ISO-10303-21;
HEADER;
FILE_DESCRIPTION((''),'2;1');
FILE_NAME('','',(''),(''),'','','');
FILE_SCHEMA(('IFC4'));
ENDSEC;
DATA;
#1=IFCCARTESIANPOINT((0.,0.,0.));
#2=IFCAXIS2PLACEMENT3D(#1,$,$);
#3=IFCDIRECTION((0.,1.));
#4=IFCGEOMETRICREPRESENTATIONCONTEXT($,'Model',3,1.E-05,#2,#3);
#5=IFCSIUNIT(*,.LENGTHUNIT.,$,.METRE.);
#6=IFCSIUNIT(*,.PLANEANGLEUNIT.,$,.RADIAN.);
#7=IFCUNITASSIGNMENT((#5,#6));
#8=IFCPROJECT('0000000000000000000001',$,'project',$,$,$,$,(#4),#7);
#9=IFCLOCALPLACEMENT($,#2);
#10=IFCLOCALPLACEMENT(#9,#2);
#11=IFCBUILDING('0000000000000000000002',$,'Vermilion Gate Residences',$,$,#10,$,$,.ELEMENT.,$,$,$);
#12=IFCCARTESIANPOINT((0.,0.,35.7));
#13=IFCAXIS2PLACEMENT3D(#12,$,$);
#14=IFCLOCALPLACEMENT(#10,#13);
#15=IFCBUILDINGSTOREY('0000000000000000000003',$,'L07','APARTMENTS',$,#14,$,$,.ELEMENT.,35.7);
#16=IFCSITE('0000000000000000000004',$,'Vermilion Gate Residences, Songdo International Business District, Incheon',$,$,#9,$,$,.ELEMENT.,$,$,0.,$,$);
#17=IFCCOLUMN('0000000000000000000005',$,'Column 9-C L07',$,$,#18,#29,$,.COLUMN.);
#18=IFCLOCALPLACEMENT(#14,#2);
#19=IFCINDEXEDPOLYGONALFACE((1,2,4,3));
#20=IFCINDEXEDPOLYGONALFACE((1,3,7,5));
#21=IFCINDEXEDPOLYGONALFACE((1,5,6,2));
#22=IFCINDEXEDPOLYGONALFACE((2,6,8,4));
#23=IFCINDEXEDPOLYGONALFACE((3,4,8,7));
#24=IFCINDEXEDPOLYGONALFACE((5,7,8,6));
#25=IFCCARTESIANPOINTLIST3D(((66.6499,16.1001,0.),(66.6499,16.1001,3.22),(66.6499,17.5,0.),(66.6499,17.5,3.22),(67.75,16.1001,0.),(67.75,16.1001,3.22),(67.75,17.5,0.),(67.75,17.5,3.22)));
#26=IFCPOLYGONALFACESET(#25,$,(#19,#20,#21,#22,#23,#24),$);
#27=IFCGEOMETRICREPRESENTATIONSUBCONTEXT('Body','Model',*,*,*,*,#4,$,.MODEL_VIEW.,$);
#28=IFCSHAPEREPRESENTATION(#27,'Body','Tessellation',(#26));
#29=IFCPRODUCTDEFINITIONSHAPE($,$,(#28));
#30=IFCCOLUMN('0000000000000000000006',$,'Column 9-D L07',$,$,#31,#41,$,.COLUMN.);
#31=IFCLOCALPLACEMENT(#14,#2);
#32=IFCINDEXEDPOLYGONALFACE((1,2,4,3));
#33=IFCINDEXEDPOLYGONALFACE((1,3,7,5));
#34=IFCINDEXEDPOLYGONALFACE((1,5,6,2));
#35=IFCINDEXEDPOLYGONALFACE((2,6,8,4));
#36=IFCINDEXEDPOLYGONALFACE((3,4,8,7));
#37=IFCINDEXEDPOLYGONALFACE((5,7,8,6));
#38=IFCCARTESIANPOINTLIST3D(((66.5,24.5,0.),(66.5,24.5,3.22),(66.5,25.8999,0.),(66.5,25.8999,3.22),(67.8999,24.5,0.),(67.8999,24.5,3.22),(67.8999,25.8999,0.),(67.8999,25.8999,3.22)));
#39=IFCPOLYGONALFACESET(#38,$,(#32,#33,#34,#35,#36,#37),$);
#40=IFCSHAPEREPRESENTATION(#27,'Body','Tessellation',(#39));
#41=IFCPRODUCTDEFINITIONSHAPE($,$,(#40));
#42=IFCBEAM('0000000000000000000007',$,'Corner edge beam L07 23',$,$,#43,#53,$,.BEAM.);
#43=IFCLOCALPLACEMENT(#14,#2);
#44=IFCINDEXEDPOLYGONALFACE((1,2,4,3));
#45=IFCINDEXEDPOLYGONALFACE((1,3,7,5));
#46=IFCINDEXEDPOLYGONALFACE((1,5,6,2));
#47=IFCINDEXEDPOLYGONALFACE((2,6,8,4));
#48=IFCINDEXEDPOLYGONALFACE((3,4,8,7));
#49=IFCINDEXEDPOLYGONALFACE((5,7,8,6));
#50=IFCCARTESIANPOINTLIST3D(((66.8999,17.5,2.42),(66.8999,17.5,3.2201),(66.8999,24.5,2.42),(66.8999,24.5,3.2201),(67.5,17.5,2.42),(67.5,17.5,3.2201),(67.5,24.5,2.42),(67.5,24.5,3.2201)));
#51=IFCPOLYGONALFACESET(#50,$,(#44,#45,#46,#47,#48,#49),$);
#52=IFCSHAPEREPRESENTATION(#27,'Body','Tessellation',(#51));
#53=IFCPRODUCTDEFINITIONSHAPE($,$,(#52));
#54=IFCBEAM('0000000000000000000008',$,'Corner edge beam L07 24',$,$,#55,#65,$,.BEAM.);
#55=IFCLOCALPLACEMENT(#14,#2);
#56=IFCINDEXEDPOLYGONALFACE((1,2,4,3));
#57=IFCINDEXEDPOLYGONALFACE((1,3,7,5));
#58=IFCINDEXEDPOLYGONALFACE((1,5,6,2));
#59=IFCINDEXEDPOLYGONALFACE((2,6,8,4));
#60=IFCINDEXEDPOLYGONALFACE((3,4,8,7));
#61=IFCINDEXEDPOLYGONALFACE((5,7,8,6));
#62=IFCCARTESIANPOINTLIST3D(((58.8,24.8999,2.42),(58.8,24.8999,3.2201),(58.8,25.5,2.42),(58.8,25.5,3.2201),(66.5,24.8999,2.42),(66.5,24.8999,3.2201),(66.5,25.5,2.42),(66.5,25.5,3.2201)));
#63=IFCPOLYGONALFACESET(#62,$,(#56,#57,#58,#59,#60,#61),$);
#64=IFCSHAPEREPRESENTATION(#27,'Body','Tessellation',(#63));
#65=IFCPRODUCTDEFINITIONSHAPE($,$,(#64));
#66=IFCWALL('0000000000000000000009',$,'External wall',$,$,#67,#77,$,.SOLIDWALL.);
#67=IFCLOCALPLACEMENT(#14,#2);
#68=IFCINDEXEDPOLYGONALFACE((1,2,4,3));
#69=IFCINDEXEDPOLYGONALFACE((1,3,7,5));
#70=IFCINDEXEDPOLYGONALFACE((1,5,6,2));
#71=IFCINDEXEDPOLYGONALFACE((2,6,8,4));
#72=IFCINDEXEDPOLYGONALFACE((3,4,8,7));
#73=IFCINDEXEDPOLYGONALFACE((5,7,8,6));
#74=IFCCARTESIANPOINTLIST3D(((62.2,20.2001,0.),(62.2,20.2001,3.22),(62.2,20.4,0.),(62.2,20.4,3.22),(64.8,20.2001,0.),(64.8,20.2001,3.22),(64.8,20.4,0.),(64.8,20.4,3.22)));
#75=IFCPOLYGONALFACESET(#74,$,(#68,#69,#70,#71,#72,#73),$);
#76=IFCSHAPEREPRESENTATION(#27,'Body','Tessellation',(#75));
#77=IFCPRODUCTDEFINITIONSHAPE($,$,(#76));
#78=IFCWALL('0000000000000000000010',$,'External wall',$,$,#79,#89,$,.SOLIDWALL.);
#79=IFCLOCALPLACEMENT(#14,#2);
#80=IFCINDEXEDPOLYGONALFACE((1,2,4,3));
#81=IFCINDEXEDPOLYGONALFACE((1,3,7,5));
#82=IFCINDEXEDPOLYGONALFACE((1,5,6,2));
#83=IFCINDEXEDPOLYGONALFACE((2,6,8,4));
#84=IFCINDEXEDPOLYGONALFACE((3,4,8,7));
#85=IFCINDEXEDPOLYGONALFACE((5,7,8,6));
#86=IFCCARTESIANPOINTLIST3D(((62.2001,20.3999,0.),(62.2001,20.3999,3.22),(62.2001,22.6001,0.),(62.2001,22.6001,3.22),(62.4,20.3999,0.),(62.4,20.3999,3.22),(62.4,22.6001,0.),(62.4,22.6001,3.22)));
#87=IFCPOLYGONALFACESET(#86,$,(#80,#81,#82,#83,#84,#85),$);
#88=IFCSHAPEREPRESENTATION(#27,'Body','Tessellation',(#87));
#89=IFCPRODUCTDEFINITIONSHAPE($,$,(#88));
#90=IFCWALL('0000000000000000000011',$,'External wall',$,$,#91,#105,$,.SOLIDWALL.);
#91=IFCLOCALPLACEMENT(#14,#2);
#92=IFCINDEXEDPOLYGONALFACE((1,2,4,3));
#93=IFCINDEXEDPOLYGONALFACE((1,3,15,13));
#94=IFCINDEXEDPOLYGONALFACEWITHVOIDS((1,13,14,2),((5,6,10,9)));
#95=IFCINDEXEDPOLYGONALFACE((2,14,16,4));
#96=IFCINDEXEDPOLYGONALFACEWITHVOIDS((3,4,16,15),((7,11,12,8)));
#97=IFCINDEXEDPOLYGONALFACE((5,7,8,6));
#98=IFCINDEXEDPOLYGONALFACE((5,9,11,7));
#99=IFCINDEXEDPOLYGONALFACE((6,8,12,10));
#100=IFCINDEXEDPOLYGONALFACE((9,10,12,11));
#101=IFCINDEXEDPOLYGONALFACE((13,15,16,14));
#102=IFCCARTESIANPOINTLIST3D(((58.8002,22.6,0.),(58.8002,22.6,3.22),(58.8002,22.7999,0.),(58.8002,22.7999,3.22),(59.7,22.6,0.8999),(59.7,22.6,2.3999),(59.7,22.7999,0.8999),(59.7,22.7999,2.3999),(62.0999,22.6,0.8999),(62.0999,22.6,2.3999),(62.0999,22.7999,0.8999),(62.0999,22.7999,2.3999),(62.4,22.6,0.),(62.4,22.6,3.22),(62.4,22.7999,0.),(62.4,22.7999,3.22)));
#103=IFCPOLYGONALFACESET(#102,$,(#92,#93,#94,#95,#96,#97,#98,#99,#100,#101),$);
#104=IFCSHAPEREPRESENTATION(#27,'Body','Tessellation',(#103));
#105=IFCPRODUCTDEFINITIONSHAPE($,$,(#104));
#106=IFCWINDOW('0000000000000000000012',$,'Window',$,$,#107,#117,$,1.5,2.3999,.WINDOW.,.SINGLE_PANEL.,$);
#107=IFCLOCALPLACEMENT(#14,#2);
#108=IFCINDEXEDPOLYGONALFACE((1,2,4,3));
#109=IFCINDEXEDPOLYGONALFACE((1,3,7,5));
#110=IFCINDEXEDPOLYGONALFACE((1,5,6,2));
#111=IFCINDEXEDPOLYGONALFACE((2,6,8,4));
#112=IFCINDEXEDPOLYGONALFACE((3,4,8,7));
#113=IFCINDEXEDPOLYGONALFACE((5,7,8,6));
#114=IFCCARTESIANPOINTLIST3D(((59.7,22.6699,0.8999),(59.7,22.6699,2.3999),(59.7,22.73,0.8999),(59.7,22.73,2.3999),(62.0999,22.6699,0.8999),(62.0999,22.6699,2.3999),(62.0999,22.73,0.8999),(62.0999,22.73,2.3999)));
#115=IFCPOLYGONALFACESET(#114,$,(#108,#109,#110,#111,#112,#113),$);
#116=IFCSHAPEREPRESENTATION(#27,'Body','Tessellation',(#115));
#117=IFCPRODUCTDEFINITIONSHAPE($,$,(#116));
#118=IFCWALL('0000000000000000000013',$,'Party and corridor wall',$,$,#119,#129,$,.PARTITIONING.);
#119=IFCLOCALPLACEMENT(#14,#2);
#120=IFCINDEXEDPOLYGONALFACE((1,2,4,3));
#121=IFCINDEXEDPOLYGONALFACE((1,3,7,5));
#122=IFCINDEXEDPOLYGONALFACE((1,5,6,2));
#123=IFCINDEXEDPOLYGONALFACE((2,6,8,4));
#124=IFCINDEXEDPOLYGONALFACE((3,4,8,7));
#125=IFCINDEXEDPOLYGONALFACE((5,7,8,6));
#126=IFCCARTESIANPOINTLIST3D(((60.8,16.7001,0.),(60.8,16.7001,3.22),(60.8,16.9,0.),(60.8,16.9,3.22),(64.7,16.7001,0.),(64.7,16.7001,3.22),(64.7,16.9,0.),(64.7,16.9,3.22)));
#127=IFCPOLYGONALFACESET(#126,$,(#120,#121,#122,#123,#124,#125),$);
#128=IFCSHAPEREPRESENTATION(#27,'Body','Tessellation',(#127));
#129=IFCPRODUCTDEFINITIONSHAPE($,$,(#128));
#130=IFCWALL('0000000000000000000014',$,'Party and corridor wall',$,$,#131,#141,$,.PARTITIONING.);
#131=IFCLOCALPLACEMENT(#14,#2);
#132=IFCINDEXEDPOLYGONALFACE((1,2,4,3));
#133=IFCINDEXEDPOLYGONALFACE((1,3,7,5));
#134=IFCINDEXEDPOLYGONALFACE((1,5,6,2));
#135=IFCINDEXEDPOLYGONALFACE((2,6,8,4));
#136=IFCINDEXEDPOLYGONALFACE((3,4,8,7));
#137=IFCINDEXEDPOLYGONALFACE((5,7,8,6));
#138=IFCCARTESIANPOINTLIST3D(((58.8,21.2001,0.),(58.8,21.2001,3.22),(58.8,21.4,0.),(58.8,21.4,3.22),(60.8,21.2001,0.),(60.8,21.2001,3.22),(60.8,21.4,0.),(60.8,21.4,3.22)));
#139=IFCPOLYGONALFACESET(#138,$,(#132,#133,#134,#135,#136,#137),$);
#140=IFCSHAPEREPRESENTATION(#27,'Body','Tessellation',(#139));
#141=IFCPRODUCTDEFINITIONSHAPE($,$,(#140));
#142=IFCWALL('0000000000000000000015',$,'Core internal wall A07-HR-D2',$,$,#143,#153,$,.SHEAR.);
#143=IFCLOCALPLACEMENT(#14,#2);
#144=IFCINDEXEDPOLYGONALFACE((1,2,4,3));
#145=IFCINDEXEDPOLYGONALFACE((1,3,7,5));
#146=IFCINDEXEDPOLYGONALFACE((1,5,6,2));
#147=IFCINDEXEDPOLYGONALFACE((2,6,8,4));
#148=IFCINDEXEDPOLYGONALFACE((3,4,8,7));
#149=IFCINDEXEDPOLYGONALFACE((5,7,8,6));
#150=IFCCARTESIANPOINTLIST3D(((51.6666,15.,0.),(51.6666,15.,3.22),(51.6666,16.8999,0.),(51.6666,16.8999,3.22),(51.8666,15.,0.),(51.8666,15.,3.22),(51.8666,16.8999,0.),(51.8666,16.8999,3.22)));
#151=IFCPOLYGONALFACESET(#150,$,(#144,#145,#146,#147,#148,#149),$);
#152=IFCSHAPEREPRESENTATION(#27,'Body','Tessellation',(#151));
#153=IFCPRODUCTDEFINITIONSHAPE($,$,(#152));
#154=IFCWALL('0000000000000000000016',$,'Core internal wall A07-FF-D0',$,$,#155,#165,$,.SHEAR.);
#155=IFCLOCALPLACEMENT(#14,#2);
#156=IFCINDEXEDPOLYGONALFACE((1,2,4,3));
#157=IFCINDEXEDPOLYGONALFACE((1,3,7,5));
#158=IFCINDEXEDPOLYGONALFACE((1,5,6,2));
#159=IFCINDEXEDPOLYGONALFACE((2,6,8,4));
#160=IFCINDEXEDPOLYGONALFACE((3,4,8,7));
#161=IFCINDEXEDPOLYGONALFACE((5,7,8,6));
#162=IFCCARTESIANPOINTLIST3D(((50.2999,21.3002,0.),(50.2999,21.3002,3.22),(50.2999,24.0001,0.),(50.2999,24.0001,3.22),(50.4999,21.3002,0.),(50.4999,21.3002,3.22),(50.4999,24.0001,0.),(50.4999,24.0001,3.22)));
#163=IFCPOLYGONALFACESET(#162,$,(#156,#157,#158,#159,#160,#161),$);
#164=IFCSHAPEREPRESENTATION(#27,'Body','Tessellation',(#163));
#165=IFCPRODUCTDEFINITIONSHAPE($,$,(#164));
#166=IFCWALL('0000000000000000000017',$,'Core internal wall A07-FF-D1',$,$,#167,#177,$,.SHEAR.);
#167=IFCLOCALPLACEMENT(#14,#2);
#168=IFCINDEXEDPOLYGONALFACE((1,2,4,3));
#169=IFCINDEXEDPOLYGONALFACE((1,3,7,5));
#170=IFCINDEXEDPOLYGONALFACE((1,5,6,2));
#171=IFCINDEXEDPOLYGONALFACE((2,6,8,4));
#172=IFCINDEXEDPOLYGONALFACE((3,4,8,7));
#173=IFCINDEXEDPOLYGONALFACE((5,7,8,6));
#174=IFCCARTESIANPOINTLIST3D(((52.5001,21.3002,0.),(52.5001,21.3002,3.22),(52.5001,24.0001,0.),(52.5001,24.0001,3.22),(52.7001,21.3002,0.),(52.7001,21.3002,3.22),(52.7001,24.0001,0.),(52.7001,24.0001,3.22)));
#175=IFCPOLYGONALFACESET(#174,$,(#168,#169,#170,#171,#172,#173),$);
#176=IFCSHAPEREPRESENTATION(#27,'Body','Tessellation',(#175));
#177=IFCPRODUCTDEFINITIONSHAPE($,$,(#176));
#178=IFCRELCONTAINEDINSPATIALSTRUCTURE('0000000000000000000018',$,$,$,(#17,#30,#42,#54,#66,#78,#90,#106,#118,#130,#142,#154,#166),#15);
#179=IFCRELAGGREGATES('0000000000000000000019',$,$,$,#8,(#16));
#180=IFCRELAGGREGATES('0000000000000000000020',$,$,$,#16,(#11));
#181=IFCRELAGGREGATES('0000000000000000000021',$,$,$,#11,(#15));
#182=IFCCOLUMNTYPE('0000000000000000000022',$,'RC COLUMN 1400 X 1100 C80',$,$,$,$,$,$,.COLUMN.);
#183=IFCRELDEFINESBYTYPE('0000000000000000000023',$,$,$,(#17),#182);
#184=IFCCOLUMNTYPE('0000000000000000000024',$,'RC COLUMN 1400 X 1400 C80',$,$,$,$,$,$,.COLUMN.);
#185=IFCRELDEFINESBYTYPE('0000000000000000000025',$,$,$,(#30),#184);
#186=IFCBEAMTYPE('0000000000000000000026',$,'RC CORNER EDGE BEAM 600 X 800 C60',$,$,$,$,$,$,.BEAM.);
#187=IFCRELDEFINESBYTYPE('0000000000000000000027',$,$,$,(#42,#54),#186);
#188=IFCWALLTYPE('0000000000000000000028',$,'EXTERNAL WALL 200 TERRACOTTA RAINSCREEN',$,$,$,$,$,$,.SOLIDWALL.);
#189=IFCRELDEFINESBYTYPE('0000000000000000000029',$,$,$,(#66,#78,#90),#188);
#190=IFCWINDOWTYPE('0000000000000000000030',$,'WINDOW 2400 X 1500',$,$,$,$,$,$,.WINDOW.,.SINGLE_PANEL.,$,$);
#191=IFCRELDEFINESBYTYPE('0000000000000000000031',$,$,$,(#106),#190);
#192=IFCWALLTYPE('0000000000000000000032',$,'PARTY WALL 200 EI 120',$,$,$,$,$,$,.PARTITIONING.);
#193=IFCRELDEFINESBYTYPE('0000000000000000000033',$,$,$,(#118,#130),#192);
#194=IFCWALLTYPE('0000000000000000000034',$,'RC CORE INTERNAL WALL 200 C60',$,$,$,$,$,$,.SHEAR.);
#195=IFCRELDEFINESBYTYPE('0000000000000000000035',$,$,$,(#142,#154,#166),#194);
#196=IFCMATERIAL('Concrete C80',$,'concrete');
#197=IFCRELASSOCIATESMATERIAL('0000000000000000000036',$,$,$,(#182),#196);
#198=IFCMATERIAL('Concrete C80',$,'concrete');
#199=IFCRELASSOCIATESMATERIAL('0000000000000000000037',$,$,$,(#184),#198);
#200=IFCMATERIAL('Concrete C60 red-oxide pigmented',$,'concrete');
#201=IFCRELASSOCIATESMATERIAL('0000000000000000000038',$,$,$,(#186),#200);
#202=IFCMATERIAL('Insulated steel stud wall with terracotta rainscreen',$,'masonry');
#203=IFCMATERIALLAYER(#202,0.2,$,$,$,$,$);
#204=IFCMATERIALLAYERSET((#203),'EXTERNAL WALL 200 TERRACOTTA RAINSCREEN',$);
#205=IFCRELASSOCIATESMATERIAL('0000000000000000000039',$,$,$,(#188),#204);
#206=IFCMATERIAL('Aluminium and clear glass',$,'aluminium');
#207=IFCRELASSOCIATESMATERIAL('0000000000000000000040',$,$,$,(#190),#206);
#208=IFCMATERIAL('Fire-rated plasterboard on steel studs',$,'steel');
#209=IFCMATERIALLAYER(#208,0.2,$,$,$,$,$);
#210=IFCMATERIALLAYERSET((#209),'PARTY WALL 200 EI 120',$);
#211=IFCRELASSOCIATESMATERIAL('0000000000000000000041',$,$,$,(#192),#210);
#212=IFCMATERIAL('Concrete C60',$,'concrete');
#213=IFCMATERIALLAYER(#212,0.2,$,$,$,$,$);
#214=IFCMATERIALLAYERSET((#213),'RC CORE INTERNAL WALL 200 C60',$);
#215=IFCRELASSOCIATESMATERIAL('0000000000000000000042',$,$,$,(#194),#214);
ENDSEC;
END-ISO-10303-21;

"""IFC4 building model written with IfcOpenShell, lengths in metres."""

from ifc_helpers import new_model, si_unit, direction, frame, frame_2d, origin, origin_2d, place, context, subcontext, project, spatial, rectangle, extrude, material, layer, layer_set, material_profile, profile_set, type_object, element, fill, save


model = new_model("IFC4")

# Units and contexts
model_context = context("Model", 3, precision=1e-05, world=origin(), true_north=direction((0.0, 1.0)))
body_context = subcontext(model_context, "Body", "Model", "MODEL_VIEW")
ifc_project = project(units=[si_unit("LENGTHUNIT", "METRE"), si_unit("PLANEANGLEUNIT", "RADIAN")], contexts=[model_context])

# Site, building, storey
site_placement = place(None, origin())
site = spatial("IfcSite", under=ifc_project, at=site_placement, Name="Vermilion Gate Residences, Songdo International Business District, Incheon", CompositionType="ELEMENT", RefElevation=0.0)
building_placement = place(site_placement, origin())
building = spatial("IfcBuilding", under=site, at=building_placement, Name="Vermilion Gate Residences", CompositionType="ELEMENT")
storey_placement = place(building_placement, frame((0.0, 0.0, 35.7)))
storey = spatial("IfcBuildingStorey", under=building, at=storey_placement, Name="L07", Description="APARTMENTS", CompositionType="ELEMENT", Elevation=35.7)

# Columns
ifc_material_1 = material(Name="Concrete C80", Category="concrete")
ifc_material_profile_1 = material_profile(ifc_material_1, rectangle(XDim=1.3999, YDim=1.1001, at=origin_2d()), Name="RC-1400x1100")
ifc_profile_set_1 = profile_set([ifc_material_profile_1], Name="Concrete C80")
column_type_1 = type_object("IfcColumnType", Name="RC COLUMN 1400 X 1100 C80", PredefinedType="COLUMN", material=ifc_profile_set_1)
column_1_placement = place(storey_placement, frame((67.2, 16.8, 0.0), z_axis=(0.0, 0.0, 1.0), x_axis=(0.0, 1.0, 0.0)))
element("IfcColumn", 1, at=column_1_placement, inside=storey, type_object=column_type_1, Name="Column 9-C L07", PredefinedType="COLUMN", context=body_context, shape_type="SweptSolid", body=[
    extrude(rectangle(XDim=1.3999, YDim=1.1001, at=origin_2d()), origin(), (0.0, 0.0, 1.0), 3.22),
])
ifc_material_2 = material(Name="Concrete C80", Category="concrete")
ifc_material_profile_2 = material_profile(ifc_material_2, rectangle(XDim=1.3999, YDim=1.3999, at=origin_2d()), Name="RC-1400x1400")
ifc_profile_set_2 = profile_set([ifc_material_profile_2], Name="Concrete C80")
column_type_2 = type_object("IfcColumnType", Name="RC COLUMN 1400 X 1400 C80", PredefinedType="COLUMN", material=ifc_profile_set_2)
column_2_placement = place(storey_placement, frame((67.2, 25.2, 0.0), z_axis=(0.0, 0.0, 1.0), x_axis=(1.0, 0.0, 0.0)))
element("IfcColumn", 2, at=column_2_placement, inside=storey, type_object=column_type_2, Name="Column 9-D L07", PredefinedType="COLUMN", context=body_context, shape_type="SweptSolid", body=[
    extrude(rectangle(XDim=1.3999, YDim=1.3999, at=origin_2d()), origin(), (0.0, 0.0, 1.0), 3.22),
])

# Beams
ifc_material_3 = material(Name="Concrete C60 red-oxide pigmented", Category="concrete")
ifc_material_profile_3 = material_profile(ifc_material_3, rectangle(XDim=0.6001, YDim=0.8, at=origin_2d()), Name="RC-600x800")
ifc_profile_set_3 = profile_set([ifc_material_profile_3], Name="Concrete C60 red-oxide pigmented")
beam_type = type_object("IfcBeamType", Name="RC CORNER EDGE BEAM 600 X 800 C60", PredefinedType="BEAM", material=ifc_profile_set_3)
beam_1_placement = place(storey_placement, frame((67.2, 17.5, 2.8201), z_axis=(0.0, 1.0, 0.0), x_axis=(-1.0, 0.0, 0.0)))
element("IfcBeam", 3, at=beam_1_placement, inside=storey, type_object=beam_type, Name="Corner edge beam L07 23", PredefinedType="BEAM", context=body_context, shape_type="SweptSolid", body=[
    extrude(rectangle(XDim=0.6001, YDim=0.8, at=origin_2d()), origin(), (0.0, 0.0, 1.0), 7.0),
])
beam_2_placement = place(storey_placement, frame((58.8, 25.2, 2.8201), z_axis=(1.0, 0.0, 0.0), x_axis=(0.0, 1.0, 0.0)))
element("IfcBeam", 4, at=beam_2_placement, inside=storey, type_object=beam_type, Name="Corner edge beam L07 24", PredefinedType="BEAM", context=body_context, shape_type="SweptSolid", body=[
    extrude(rectangle(XDim=0.6001, YDim=0.8, at=origin_2d()), origin(), (0.0, 0.0, 1.0), 7.7),
])

# Walls
ifc_material_4 = material(Name="Insulated steel stud wall with terracotta rainscreen", Category="masonry")
ifc_layer_1 = layer(ifc_material_4, 0.2)
ifc_layer_set_1 = layer_set([ifc_layer_1], Name="EXTERNAL WALL 200 TERRACOTTA RAINSCREEN")
wall_type_1 = type_object("IfcWallType", Name="EXTERNAL WALL 200 TERRACOTTA RAINSCREEN", PredefinedType="SOLIDWALL", material=ifc_layer_set_1)
wall_1_placement = place(storey_placement, frame((64.8, 20.3, 0.0), z_axis=(0.0, 0.0, 1.0), x_axis=(-1.0, 0.0, 0.0)))
element("IfcWall", 5, at=wall_1_placement, inside=storey, type_object=wall_type_1, Name="External wall", PredefinedType="SOLIDWALL", context=body_context, shape_type="SweptSolid", body=[
    extrude(rectangle(XDim=2.6001, YDim=0.2, at=frame_2d((1.3, 0.0))), origin(), (0.0, 0.0, 1.0), 3.22),
])
wall_2_placement = place(storey_placement, frame((62.3, 20.3999, 0.0), z_axis=(0.0, 0.0, 1.0), x_axis=(0.0, 1.0, 0.0)))
element("IfcWall", 6, at=wall_2_placement, inside=storey, type_object=wall_type_1, Name="External wall", PredefinedType="SOLIDWALL", context=body_context, shape_type="SweptSolid", body=[
    extrude(rectangle(XDim=2.2002, YDim=0.2, at=frame_2d((1.1001, 0.0))), origin(), (0.0, 0.0, 1.0), 3.22),
])

# Wall, opening, window
wall_3_placement = place(storey_placement, frame((62.3999, 22.7, 0.0), z_axis=(0.0, 0.0, 1.0), x_axis=(-1.0, 0.0, 0.0)))
wall_3 = element("IfcWall", 7, at=wall_3_placement, inside=storey, type_object=wall_type_1, Name="External wall", PredefinedType="SOLIDWALL", context=body_context, shape_type="SweptSolid", body=[
    extrude(rectangle(XDim=3.5999, YDim=0.2, at=frame_2d((1.7998, 0.0))), origin(), (0.0, 0.0, 1.0), 3.22),
])
opening_1_placement = place(wall_3_placement, frame((0.3, 0.0, 0.8999)))
opening_1 = element("IfcOpeningElement", 8, at=opening_1_placement, cuts=wall_3, PredefinedType="OPENING", context=body_context, shape_type="SweptSolid", body=[
    extrude(rectangle(XDim=2.3999, YDim=1.5, at=frame_2d((1.2, 0.75))), frame((0.0, 0.1099, 0.0), z_axis=(0.0, -1.0, 0.0), x_axis=(1.0, 0.0, 0.0)), (0.0, 0.0, 1.0), 0.22),
])
ifc_material_5 = material(Name="Aluminium and clear glass", Category="aluminium")
window_type = type_object("IfcWindowType", Name="WINDOW 2400 X 1500", PartitioningType="SINGLE_PANEL", PredefinedType="WINDOW", material=ifc_material_5)
window_placement = place(opening_1_placement, origin())
window = element("IfcWindow", 9, at=window_placement, inside=storey, type_object=window_type, Name="Window", OverallHeight=1.5, OverallWidth=2.3999, PartitioningType="SINGLE_PANEL", PredefinedType="WINDOW", context=body_context, shape_type="SweptSolid", body=[
    extrude(rectangle(XDim=2.3999, YDim=1.5, at=frame_2d((1.2, 0.75))), frame((0.0, 0.03, 0.0), z_axis=(0.0, -1.0, 0.0), x_axis=(1.0, 0.0, 0.0)), (0.0, 0.0, 1.0), 0.0601),
])
fill(opening_1, window)

# Walls
ifc_material_6 = material(Name="Fire-rated plasterboard on steel studs", Category="steel")
ifc_layer_2 = layer(ifc_material_6, 0.2)
ifc_layer_set_2 = layer_set([ifc_layer_2], Name="PARTY WALL 200 EI 120")
wall_type_2 = type_object("IfcWallType", Name="PARTY WALL 200 EI 120", PredefinedType="PARTITIONING", material=ifc_layer_set_2)
wall_4_placement = place(storey_placement, frame((60.8, 16.8, 0.0), z_axis=(0.0, 0.0, 1.0), x_axis=(1.0, 0.0, 0.0)))
element("IfcWall", 10, at=wall_4_placement, inside=storey, type_object=wall_type_2, Name="Party and corridor wall", PredefinedType="PARTITIONING", context=body_context, shape_type="SweptSolid", body=[
    extrude(rectangle(XDim=3.8999, YDim=0.2, at=frame_2d((1.95, 0.0))), origin(), (0.0, 0.0, 1.0), 3.22),
])
wall_5_placement = place(storey_placement, frame((58.8, 21.3, 0.0), z_axis=(0.0, 0.0, 1.0), x_axis=(1.0, 0.0, 0.0)))
element("IfcWall", 11, at=wall_5_placement, inside=storey, type_object=wall_type_2, Name="Party and corridor wall", PredefinedType="PARTITIONING", context=body_context, shape_type="SweptSolid", body=[
    extrude(rectangle(XDim=2.0, YDim=0.2, at=frame_2d((1.0, 0.0))), origin(), (0.0, 0.0, 1.0), 3.22),
])
ifc_material_7 = material(Name="Concrete C60", Category="concrete")
ifc_layer_3 = layer(ifc_material_7, 0.2)
ifc_layer_set_3 = layer_set([ifc_layer_3], Name="RC CORE INTERNAL WALL 200 C60")
wall_type_3 = type_object("IfcWallType", Name="RC CORE INTERNAL WALL 200 C60", PredefinedType="SHEAR", material=ifc_layer_set_3)
wall_6_placement = place(storey_placement, frame((51.7666, 15.0, 0.0), z_axis=(0.0, 0.0, 1.0), x_axis=(0.0, 1.0, 0.0)))
element("IfcWall", 12, at=wall_6_placement, inside=storey, type_object=wall_type_3, Name="Core internal wall A07-HR-D2", PredefinedType="SHEAR", context=body_context, shape_type="SweptSolid", body=[
    extrude(rectangle(XDim=1.8999, YDim=0.2, at=frame_2d((0.95, 0.0))), origin(), (0.0, 0.0, 1.0), 3.22),
])
for number, where, z_axis, x_axis, name in (
    (13, (50.3999, 21.3, 0.0), (0.0, 0.0, 1.0), (0.0, 1.0, 0.0), "Core internal wall A07-FF-D0"),
    (14, (52.6001, 21.3, 0.0), (0.0, 0.0, 1.0), (0.0, 1.0, 0.0), "Core internal wall A07-FF-D1"),
):
    element("IfcWall", number, at=place(storey_placement, frame(where, z_axis=z_axis, x_axis=x_axis)), inside=storey, type_object=wall_type_3, Name=name, PredefinedType="SHEAR", context=body_context, shape_type="SweptSolid", body=[
        extrude(rectangle(XDim=2.7, YDim=0.2, at=frame_2d((1.3501, 0.0))), origin(), (0.0, 0.0, 1.0), 3.22),
    ])

save(model, "model.ifc")
